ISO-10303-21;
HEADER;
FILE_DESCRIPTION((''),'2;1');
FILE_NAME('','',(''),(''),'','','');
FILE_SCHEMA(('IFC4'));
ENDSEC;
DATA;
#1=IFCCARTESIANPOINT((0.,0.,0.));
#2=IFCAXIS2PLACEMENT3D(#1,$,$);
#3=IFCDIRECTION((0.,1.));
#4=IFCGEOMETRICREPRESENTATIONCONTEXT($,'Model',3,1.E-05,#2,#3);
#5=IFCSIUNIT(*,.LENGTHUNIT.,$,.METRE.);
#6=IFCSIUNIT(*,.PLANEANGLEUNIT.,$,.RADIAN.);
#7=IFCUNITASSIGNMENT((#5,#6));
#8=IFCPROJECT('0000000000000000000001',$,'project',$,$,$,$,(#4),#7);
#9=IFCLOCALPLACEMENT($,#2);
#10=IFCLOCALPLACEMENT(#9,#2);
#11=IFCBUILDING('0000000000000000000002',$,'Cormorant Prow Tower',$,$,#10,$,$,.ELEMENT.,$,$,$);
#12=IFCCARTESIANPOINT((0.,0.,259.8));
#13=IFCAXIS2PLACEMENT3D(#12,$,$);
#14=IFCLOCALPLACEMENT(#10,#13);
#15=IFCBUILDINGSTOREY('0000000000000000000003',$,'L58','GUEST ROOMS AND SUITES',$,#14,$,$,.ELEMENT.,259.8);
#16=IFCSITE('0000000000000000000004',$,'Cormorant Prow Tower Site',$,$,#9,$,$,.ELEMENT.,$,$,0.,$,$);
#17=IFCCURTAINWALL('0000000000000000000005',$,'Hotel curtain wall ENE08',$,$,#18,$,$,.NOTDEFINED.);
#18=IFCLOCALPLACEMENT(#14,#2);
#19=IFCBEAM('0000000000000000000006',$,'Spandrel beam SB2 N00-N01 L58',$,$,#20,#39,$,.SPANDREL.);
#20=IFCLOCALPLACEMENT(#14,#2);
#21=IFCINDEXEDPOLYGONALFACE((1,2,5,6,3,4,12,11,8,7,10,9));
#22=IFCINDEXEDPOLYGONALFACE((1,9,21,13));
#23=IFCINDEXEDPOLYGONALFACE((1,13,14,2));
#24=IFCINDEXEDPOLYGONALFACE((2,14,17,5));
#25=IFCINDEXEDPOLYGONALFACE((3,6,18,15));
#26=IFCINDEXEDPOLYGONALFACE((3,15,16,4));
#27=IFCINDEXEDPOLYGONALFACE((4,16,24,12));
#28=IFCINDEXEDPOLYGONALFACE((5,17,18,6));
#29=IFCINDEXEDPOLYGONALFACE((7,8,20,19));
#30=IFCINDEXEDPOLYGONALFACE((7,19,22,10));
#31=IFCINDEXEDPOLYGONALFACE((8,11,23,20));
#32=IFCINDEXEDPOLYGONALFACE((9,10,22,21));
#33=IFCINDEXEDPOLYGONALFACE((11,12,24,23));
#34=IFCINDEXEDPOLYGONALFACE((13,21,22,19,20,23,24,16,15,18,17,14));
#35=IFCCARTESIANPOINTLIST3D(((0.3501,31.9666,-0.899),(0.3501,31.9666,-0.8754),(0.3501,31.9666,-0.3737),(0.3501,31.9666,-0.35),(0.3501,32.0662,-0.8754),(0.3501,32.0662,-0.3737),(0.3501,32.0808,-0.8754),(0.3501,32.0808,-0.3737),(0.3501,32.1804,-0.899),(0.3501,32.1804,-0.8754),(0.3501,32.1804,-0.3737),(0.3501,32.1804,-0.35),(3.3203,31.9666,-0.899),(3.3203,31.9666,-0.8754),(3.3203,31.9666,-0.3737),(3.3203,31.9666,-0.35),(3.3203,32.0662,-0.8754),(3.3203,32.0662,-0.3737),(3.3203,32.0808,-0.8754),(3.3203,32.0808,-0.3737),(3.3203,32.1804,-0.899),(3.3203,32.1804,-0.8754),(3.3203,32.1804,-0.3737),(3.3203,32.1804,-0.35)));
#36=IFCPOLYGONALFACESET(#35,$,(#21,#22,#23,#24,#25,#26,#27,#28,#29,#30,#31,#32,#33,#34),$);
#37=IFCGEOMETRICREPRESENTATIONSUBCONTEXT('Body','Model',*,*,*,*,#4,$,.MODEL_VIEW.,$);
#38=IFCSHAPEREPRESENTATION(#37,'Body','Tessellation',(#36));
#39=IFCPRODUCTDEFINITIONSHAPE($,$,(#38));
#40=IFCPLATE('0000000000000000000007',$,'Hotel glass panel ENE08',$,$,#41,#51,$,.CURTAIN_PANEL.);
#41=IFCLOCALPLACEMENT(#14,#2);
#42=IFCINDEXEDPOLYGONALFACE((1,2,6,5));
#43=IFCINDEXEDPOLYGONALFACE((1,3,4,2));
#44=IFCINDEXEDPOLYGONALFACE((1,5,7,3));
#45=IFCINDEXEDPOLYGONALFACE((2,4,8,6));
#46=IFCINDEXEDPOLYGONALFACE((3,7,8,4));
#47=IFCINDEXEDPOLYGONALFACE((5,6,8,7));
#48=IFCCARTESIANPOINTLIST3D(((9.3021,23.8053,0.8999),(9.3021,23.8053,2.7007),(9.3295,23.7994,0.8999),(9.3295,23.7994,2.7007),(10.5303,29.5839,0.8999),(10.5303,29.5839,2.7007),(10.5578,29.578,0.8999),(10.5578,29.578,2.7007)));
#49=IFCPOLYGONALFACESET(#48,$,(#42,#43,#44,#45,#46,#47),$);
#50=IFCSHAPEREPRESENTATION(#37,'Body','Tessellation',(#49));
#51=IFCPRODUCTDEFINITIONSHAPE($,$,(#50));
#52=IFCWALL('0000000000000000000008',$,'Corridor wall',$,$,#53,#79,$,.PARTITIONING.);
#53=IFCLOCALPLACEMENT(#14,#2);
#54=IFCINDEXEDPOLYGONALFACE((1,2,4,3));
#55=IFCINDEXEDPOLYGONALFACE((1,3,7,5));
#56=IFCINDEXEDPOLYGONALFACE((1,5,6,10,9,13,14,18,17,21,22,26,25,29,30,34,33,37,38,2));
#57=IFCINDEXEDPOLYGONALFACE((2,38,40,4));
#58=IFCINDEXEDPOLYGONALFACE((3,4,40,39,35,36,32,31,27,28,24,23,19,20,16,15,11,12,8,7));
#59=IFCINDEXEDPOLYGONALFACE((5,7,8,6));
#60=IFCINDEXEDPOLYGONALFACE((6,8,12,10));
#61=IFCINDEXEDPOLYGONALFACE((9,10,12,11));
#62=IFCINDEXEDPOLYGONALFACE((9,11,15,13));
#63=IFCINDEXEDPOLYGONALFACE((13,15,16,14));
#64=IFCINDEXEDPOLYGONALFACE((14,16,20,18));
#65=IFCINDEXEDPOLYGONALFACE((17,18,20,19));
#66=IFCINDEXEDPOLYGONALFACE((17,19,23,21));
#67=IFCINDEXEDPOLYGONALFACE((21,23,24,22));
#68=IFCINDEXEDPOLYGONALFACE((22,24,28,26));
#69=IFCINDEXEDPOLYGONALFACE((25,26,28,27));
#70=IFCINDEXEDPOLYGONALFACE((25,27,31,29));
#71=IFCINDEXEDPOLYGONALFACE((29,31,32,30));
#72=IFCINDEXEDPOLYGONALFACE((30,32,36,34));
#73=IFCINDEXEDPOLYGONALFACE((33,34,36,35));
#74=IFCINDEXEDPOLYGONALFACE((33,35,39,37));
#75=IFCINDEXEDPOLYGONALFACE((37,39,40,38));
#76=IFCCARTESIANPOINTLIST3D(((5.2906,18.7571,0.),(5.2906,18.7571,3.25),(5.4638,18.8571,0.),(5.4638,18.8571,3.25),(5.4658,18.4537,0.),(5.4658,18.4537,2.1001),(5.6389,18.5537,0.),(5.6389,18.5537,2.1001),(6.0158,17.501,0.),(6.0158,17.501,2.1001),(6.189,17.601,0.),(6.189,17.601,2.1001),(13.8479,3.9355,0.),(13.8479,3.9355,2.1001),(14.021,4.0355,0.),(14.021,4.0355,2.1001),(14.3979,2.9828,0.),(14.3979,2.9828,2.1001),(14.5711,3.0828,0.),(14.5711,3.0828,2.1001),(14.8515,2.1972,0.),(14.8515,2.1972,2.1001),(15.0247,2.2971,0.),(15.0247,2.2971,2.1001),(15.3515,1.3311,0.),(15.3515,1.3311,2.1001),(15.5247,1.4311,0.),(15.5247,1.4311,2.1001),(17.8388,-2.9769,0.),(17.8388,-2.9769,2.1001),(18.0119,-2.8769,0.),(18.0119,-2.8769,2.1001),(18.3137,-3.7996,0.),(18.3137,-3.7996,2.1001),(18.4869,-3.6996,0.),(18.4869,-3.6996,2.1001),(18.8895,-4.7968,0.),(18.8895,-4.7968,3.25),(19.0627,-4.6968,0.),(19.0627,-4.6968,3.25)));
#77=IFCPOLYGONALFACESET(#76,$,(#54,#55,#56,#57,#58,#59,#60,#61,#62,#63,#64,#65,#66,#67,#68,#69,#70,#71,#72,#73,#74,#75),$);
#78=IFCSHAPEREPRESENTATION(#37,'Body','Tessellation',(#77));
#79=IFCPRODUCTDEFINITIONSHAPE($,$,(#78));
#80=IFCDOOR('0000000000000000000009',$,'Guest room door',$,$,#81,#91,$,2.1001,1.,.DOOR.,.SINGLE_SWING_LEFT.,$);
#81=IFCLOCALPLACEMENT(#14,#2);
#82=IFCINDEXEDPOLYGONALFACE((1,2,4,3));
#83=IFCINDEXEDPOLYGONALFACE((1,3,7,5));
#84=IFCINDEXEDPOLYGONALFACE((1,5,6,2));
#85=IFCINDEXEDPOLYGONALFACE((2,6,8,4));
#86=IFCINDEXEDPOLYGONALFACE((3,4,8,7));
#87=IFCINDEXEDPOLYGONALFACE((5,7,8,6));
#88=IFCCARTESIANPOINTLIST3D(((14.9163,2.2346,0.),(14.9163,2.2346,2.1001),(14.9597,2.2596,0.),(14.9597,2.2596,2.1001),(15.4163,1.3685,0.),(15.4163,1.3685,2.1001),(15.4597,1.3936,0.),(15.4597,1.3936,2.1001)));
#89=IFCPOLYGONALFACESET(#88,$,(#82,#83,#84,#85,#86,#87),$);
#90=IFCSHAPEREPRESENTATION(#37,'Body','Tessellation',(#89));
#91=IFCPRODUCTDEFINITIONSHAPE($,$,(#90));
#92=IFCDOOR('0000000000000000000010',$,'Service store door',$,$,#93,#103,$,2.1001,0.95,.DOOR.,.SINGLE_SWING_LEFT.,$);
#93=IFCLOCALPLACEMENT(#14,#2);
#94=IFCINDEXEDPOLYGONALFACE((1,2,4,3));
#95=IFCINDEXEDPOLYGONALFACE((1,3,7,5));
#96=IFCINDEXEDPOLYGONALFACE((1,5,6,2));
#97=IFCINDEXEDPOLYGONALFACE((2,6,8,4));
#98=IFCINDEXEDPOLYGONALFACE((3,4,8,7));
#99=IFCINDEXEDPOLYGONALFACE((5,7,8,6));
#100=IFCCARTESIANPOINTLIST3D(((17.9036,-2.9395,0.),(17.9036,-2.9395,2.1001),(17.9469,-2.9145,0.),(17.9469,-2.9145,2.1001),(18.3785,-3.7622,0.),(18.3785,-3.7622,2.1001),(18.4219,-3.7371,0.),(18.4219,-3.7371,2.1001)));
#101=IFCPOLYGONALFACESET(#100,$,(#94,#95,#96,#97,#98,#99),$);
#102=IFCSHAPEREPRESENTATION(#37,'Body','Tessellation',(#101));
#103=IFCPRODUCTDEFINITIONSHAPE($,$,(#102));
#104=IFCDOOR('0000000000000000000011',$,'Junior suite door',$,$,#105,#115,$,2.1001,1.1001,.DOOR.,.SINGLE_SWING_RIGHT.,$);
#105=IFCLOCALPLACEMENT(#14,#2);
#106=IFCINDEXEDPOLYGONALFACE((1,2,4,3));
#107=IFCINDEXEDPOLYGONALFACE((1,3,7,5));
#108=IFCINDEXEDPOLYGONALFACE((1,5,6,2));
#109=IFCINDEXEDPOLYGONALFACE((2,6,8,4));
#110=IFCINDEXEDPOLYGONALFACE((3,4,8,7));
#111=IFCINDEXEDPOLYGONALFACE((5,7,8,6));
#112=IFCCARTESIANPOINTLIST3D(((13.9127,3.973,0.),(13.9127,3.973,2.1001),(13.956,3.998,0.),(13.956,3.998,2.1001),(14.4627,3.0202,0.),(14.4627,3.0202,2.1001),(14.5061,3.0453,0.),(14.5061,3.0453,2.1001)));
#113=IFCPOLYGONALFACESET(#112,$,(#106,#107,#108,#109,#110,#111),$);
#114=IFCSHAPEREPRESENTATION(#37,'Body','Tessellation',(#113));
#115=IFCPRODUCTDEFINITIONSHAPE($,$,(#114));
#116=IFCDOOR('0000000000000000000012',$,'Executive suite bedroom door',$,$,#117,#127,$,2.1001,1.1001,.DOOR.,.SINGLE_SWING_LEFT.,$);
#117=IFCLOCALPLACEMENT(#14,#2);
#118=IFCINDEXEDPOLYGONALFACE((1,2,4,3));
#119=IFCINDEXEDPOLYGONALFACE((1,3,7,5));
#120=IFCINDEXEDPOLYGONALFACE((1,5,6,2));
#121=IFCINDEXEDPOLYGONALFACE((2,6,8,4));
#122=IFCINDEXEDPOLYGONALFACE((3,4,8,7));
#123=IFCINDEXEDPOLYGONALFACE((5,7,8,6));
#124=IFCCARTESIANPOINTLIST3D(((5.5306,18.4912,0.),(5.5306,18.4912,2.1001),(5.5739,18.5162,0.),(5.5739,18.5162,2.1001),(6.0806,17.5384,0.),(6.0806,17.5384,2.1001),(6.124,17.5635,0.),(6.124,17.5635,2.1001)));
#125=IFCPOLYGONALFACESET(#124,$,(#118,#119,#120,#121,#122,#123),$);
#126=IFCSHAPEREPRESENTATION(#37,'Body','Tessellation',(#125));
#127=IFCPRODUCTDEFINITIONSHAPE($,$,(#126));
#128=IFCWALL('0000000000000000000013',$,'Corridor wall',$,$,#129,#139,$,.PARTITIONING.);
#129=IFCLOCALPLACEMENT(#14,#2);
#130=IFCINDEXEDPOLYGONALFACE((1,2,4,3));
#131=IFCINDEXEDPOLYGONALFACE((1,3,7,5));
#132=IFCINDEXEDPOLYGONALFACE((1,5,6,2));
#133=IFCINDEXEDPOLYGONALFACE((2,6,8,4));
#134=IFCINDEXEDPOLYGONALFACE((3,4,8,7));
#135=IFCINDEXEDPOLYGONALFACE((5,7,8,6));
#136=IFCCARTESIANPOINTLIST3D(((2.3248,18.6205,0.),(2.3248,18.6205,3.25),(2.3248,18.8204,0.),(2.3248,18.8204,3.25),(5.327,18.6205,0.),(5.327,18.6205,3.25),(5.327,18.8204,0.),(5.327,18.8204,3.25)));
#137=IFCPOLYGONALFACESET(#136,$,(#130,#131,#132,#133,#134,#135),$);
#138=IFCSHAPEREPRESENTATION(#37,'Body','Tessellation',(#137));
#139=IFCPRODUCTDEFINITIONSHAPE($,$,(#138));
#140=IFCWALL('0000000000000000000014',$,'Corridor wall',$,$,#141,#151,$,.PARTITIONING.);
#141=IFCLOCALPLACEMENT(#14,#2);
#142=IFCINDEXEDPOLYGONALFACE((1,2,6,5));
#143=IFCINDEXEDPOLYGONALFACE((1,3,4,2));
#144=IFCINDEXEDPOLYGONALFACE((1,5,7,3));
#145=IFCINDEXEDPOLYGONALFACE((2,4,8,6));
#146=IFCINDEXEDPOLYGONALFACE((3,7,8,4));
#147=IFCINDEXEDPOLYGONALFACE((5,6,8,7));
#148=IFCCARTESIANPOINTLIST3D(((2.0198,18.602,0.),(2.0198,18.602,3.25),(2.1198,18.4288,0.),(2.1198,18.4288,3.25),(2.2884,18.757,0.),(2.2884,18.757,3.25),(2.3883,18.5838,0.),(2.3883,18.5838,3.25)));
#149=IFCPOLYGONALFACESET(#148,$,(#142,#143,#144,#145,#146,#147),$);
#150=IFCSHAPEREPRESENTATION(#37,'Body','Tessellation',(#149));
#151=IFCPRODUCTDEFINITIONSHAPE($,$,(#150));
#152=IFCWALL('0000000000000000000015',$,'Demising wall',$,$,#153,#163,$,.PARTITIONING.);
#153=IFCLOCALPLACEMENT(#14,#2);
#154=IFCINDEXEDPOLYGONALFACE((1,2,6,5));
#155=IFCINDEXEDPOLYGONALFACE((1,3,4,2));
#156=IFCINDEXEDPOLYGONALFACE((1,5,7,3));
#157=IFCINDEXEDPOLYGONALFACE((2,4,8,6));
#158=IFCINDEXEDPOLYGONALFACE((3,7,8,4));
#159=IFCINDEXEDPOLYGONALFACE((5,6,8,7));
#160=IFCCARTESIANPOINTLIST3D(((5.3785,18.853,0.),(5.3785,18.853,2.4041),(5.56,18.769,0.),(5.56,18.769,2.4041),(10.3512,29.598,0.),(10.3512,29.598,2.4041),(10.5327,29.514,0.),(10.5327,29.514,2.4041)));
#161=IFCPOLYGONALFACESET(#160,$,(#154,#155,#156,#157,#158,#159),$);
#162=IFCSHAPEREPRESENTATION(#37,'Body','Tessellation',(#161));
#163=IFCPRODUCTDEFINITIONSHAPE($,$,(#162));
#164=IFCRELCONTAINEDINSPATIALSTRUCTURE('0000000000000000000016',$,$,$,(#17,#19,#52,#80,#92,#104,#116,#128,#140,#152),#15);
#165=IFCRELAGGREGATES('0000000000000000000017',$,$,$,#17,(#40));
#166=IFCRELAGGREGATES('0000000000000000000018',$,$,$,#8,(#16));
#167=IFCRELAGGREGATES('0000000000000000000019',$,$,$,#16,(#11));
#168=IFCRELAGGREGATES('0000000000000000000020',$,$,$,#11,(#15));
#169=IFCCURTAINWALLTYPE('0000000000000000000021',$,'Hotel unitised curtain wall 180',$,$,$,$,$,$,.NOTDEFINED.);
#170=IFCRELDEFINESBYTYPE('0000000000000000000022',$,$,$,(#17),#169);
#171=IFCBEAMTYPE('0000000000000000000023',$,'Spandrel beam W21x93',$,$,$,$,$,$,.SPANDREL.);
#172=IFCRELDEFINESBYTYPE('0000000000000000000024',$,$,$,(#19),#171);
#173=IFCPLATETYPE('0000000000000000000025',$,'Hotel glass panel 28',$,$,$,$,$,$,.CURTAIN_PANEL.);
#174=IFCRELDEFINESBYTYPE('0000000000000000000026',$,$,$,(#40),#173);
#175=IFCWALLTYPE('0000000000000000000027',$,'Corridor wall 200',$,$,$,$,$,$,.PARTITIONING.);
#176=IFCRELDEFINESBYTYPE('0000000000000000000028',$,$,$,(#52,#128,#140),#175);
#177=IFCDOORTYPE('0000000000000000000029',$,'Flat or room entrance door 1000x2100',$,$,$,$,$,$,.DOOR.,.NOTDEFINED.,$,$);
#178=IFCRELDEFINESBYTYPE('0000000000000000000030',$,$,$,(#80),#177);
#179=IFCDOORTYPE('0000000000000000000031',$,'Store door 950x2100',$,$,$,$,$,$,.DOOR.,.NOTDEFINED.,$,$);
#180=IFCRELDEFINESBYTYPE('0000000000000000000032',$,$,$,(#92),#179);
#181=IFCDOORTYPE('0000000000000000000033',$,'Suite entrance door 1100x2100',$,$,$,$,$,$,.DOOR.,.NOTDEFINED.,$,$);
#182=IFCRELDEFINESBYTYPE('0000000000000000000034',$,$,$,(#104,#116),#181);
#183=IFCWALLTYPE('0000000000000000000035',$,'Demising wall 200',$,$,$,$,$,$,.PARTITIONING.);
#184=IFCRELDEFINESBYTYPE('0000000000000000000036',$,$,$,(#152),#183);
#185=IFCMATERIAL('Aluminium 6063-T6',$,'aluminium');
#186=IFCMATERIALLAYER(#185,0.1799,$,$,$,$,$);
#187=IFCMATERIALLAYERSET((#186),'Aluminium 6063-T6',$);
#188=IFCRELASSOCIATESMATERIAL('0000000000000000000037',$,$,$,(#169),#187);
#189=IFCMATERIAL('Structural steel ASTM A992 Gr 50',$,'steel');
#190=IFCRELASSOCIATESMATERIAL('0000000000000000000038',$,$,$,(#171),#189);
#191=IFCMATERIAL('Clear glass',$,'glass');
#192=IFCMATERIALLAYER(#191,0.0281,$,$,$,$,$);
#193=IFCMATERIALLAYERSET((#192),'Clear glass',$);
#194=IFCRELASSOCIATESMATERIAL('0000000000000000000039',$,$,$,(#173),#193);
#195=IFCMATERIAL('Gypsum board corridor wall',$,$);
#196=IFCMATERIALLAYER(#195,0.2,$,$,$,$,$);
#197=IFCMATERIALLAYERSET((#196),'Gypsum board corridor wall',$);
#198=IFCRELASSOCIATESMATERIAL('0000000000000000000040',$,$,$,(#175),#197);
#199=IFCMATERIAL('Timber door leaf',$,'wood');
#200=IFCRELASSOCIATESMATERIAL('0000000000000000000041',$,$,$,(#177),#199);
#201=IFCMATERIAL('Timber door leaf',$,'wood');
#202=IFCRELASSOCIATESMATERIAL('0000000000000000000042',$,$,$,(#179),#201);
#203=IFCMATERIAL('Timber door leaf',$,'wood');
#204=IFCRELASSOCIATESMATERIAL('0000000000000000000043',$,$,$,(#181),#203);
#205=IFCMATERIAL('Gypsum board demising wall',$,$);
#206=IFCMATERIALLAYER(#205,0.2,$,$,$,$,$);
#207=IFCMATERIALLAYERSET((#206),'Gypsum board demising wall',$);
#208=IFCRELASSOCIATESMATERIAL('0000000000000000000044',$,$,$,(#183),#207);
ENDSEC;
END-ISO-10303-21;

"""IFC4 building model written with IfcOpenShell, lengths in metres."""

from ifc_helpers import new_model, si_unit, direction, frame, frame_2d, origin, origin_2d, place, context, subcontext, project, spatial, rectangle, i_section, extrude, material, layer, layer_set, material_profile, profile_set, type_object, element, fill, aggregate, save


model = new_model("IFC4")

# Units and contexts
model_context = context("Model", 3, precision=1e-05, world=origin(), true_north=direction((0.0, 1.0)))
body_context = subcontext(model_context, "Body", "Model", "MODEL_VIEW")
ifc_project = project(units=[si_unit("LENGTHUNIT", "METRE"), si_unit("PLANEANGLEUNIT", "RADIAN")], contexts=[model_context])

# Site, building, storey
site_placement = place(None, origin())
site = spatial("IfcSite", under=ifc_project, at=site_placement, Name="Cormorant Prow Tower Site", CompositionType="ELEMENT", RefElevation=0.0)
building_placement = place(site_placement, origin())
building = spatial("IfcBuilding", under=site, at=building_placement, Name="Cormorant Prow Tower", CompositionType="ELEMENT")
storey_placement = place(building_placement, frame((0.0, 0.0, 259.8)))
storey = spatial("IfcBuildingStorey", under=building, at=storey_placement, Name="L58", Description="GUEST ROOMS AND SUITES", CompositionType="ELEMENT", Elevation=259.8)

# Curtain wall
ifc_material_1 = material(Name="Aluminium 6063-T6", Category="aluminium")
ifc_layer_1 = layer(ifc_material_1, 0.1799)
ifc_layer_set_1 = layer_set([ifc_layer_1], Name="Aluminium 6063-T6")
curtain_wall_type = type_object("IfcCurtainWallType", Name="Hotel unitised curtain wall 180", PredefinedType="NOTDEFINED", material=ifc_layer_set_1)
curtain_wall_placement = place(storey_placement, origin())
curtain_wall = element("IfcCurtainWall", 1, at=curtain_wall_placement, inside=storey, type_object=curtain_wall_type, Name="Hotel curtain wall ENE08", PredefinedType="NOTDEFINED")

# Beam
ifc_material_2 = material(Name="Structural steel ASTM A992 Gr 50", Category="steel")
ifc_material_profile_1 = material_profile(ifc_material_2, i_section(OverallWidth=0.2139, OverallDepth=0.5491, WebThickness=0.0146, FlangeThickness=0.0237, at=origin_2d()), Name="W21x93")
ifc_profile_set_1 = profile_set([ifc_material_profile_1], Name="Structural steel ASTM A992 Gr 50")
beam_type = type_object("IfcBeamType", Name="Spandrel beam W21x93", PredefinedType="SPANDREL", material=ifc_profile_set_1)
beam_1_placement = place(storey_placement, frame((3.3203, 32.0735, -0.6245), z_axis=(-1.0, 0.0, 0.0), x_axis=(0.0, -1.0, 0.0)))
element("IfcBeam", 2, at=beam_1_placement, inside=storey, type_object=beam_type, Name="Spandrel beam SB2 N00-N01 L58", PredefinedType="SPANDREL", context=body_context, shape_type="SweptSolid", body=[
    extrude(i_section(OverallWidth=0.2139, OverallDepth=0.5491, WebThickness=0.0146, FlangeThickness=0.0237, at=origin_2d()), origin(), (0.0, 0.0, 1.0), 2.9702),
])

# Plate
ifc_material_3 = material(Name="Clear glass", Category="glass")
ifc_layer_2 = layer(ifc_material_3, 0.0281)
ifc_layer_set_2 = layer_set([ifc_layer_2], Name="Clear glass")
plate_type = type_object("IfcPlateType", Name="Hotel glass panel 28", PredefinedType="CURTAIN_PANEL", material=ifc_layer_set_2)
plate_placement = place(storey_placement, frame((9.9299, 26.6917, 0.8999), z_axis=(0.0, 0.0, 1.0), x_axis=(0.207912, 0.978148, 0.0)))
plate = element("IfcPlate", 3, at=plate_placement, type_object=plate_type, Name="Hotel glass panel ENE08", PredefinedType="CURTAIN_PANEL", context=body_context, shape_type="SweptSolid", body=[
    extrude(rectangle(XDim=5.9077, YDim=0.0281, at=origin_2d()), origin(), (0.0, 0.0, 1.0), 1.8008),
])
aggregate(curtain_wall, [plate])

# Wall, openings, doors
ifc_material_4 = material(Name="Gypsum board corridor wall")
ifc_layer_3 = layer(ifc_material_4, 0.2)
ifc_layer_set_3 = layer_set([ifc_layer_3], Name="Gypsum board corridor wall")
wall_type_1 = type_object("IfcWallType", Name="Corridor wall 200", PredefinedType="PARTITIONING", material=ifc_layer_set_3)
wall_1_placement = place(storey_placement, frame((5.3772, 18.8071, 0.0), z_axis=(0.0, 0.0, 1.0), x_axis=(0.5, -0.866025, 0.0)))
wall_1 = element("IfcWall", 4, at=wall_1_placement, inside=storey, type_object=wall_type_1, Name="Corridor wall", PredefinedType="PARTITIONING", context=body_context, shape_type="SweptSolid", body=[
    extrude(rectangle(XDim=27.1978, YDim=0.2, at=frame_2d((13.5989, 0.0))), origin(), (0.0, 0.0, 1.0), 3.25),
])
opening_1_placement = place(wall_1_placement, frame((25.0962, 0.0, 0.0)))
opening_1 = element("IfcOpeningElement", 5, at=opening_1_placement, cuts=wall_1, PredefinedType="OPENING", context=body_context, shape_type="SweptSolid", body=[
    extrude(rectangle(XDim=0.95, YDim=2.1001, at=frame_2d((0.4751, 1.05))), frame((0.0, 0.1099, 0.0), z_axis=(0.0, -1.0, 0.0), x_axis=(1.0, 0.0, 0.0)), (0.0, 0.0, 1.0), 0.22),
])
opening_2_placement = place(wall_1_placement, frame((19.1218, 0.0, 0.0)))
opening_2 = element("IfcOpeningElement", 6, at=opening_2_placement, cuts=wall_1, PredefinedType="OPENING", context=body_context, shape_type="SweptSolid", body=[
    extrude(rectangle(XDim=1.0, YDim=2.1001, at=frame_2d((0.5, 1.05))), frame((0.0, 0.1099, 0.0), z_axis=(0.0, -1.0, 0.0), x_axis=(1.0, 0.0, 0.0)), (0.0, 0.0, 1.0), 0.22),
])
opening_3_placement = place(wall_1_placement, frame((17.1145, 0.0, 0.0)))
opening_3 = element("IfcOpeningElement", 7, at=opening_3_placement, cuts=wall_1, PredefinedType="OPENING", context=body_context, shape_type="SweptSolid", body=[
    extrude(rectangle(XDim=1.1001, YDim=2.1001, at=frame_2d((0.55, 1.05))), frame((0.0, 0.1099, 0.0), z_axis=(0.0, -1.0, 0.0), x_axis=(1.0, 0.0, 0.0)), (0.0, 0.0, 1.0), 0.22),
])
opening_4_placement = place(wall_1_placement, frame((0.3503, 0.0, 0.0)))
opening_4 = element("IfcOpeningElement", 8, at=opening_4_placement, cuts=wall_1, PredefinedType="OPENING", context=body_context, shape_type="SweptSolid", body=[
    extrude(rectangle(XDim=1.1001, YDim=2.1001, at=frame_2d((0.55, 1.05))), frame((0.0, 0.1099, 0.0), z_axis=(0.0, -1.0, 0.0), x_axis=(1.0, 0.0, 0.0)), (0.0, 0.0, 1.0), 0.22),
])
ifc_material_5 = material(Name="Timber door leaf", Category="wood")
door_type_1 = type_object("IfcDoorType", Name="Flat or room entrance door 1000x2100", OperationType="NOTDEFINED", PredefinedType="DOOR", material=ifc_material_5)
door_1_placement = place(opening_2_placement, origin())
door_1 = element("IfcDoor", 9, at=door_1_placement, inside=storey, type_object=door_type_1, Name="Guest room door", OperationType="SINGLE_SWING_LEFT", OverallHeight=2.1001, OverallWidth=1.0, PredefinedType="DOOR", context=body_context, shape_type="SweptSolid", body=[
    extrude(rectangle(XDim=1.0, YDim=2.1001, at=frame_2d((0.5, 1.05))), frame((0.0, 0.0249, 0.0), z_axis=(0.0, -1.0, 0.0), x_axis=(1.0, 0.0, 0.0)), (0.0, 0.0, 1.0), 0.05),
])
fill(opening_2, door_1)
ifc_material_6 = material(Name="Timber door leaf", Category="wood")
door_type_2 = type_object("IfcDoorType", Name="Store door 950x2100", OperationType="NOTDEFINED", PredefinedType="DOOR", material=ifc_material_6)
door_2_placement = place(opening_1_placement, origin())
door_2 = element("IfcDoor", 10, at=door_2_placement, inside=storey, type_object=door_type_2, Name="Service store door", OperationType="SINGLE_SWING_LEFT", OverallHeight=2.1001, OverallWidth=0.95, PredefinedType="DOOR", context=body_context, shape_type="SweptSolid", body=[
    extrude(rectangle(XDim=0.95, YDim=2.1001, at=frame_2d((0.4751, 1.05))), frame((0.0, 0.0249, 0.0), z_axis=(0.0, -1.0, 0.0), x_axis=(1.0, 0.0, 0.0)), (0.0, 0.0, 1.0), 0.05),
])
fill(opening_1, door_2)
ifc_material_7 = material(Name="Timber door leaf", Category="wood")
door_type_3 = type_object("IfcDoorType", Name="Suite entrance door 1100x2100", OperationType="NOTDEFINED", PredefinedType="DOOR", material=ifc_material_7)
door_3_placement = place(opening_3_placement, origin())
door_3 = element("IfcDoor", 11, at=door_3_placement, inside=storey, type_object=door_type_3, Name="Junior suite door", OperationType="SINGLE_SWING_RIGHT", OverallHeight=2.1001, OverallWidth=1.1001, PredefinedType="DOOR", context=body_context, shape_type="SweptSolid", body=[
    extrude(rectangle(XDim=1.1001, YDim=2.1001, at=frame_2d((0.55, 1.05))), frame((0.0, 0.0249, 0.0), z_axis=(0.0, -1.0, 0.0), x_axis=(1.0, 0.0, 0.0)), (0.0, 0.0, 1.0), 0.05),
])
fill(opening_3, door_3)
door_4_placement = place(opening_4_placement, origin())
door_4 = element("IfcDoor", 12, at=door_4_placement, inside=storey, type_object=door_type_3, Name="Executive suite bedroom door", OperationType="SINGLE_SWING_LEFT", OverallHeight=2.1001, OverallWidth=1.1001, PredefinedType="DOOR", context=body_context, shape_type="SweptSolid", body=[
    extrude(rectangle(XDim=1.1001, YDim=2.1001, at=frame_2d((0.55, 1.05))), frame((0.0, 0.0249, 0.0), z_axis=(0.0, -1.0, 0.0), x_axis=(1.0, 0.0, 0.0)), (0.0, 0.0, 1.0), 0.05),
])
fill(opening_4, door_4)

# Walls
wall_2_placement = place(storey_placement, frame((2.325, 18.7205, 0.0), z_axis=(0.0, 0.0, 1.0), x_axis=(1.0, 0.0, 0.0)))
element("IfcWall", 13, at=wall_2_placement, inside=storey, type_object=wall_type_1, Name="Corridor wall", PredefinedType="PARTITIONING", context=body_context, shape_type="SweptSolid", body=[
    extrude(rectangle(XDim=3.0022, YDim=0.2, at=frame_2d((1.501, 0.0))), origin(), (0.0, 0.0, 1.0), 3.25),
])
wall_3_placement = place(storey_placement, frame((2.0698, 18.5154, 0.0), z_axis=(0.0, 0.0, 1.0), x_axis=(0.866054, 0.49995, 0.0)))
element("IfcWall", 14, at=wall_3_placement, inside=storey, type_object=wall_type_1, Name="Corridor wall", PredefinedType="PARTITIONING", context=body_context, shape_type="SweptSolid", body=[
    extrude(rectangle(XDim=0.3101, YDim=0.2, at=frame_2d((0.155, 0.0))), origin(), (0.0, 0.0, 1.0), 3.25),
])
ifc_material_8 = material(Name="Gypsum board demising wall")
ifc_layer_4 = layer(ifc_material_8, 0.2)
ifc_layer_set_4 = layer_set([ifc_layer_4], Name="Gypsum board demising wall")
wall_type_2 = type_object("IfcWallType", Name="Demising wall 200", PredefinedType="PARTITIONING", material=ifc_layer_set_4)
wall_4_placement = place(storey_placement, frame((5.4692, 18.811, 0.0), z_axis=(0.0, 0.0, 1.0), x_axis=(0.419997, 0.907526, 0.0)))
element("IfcWall", 15, at=wall_4_placement, inside=storey, type_object=wall_type_2, Name="Demising wall", PredefinedType="PARTITIONING", context=body_context, shape_type="SweptSolid", body=[
    extrude(rectangle(XDim=11.8398, YDim=0.2, at=frame_2d((5.9199, 0.0))), origin(), (0.0, 0.0, 1.0), 2.4041),
])

save(model, "model.ifc")
